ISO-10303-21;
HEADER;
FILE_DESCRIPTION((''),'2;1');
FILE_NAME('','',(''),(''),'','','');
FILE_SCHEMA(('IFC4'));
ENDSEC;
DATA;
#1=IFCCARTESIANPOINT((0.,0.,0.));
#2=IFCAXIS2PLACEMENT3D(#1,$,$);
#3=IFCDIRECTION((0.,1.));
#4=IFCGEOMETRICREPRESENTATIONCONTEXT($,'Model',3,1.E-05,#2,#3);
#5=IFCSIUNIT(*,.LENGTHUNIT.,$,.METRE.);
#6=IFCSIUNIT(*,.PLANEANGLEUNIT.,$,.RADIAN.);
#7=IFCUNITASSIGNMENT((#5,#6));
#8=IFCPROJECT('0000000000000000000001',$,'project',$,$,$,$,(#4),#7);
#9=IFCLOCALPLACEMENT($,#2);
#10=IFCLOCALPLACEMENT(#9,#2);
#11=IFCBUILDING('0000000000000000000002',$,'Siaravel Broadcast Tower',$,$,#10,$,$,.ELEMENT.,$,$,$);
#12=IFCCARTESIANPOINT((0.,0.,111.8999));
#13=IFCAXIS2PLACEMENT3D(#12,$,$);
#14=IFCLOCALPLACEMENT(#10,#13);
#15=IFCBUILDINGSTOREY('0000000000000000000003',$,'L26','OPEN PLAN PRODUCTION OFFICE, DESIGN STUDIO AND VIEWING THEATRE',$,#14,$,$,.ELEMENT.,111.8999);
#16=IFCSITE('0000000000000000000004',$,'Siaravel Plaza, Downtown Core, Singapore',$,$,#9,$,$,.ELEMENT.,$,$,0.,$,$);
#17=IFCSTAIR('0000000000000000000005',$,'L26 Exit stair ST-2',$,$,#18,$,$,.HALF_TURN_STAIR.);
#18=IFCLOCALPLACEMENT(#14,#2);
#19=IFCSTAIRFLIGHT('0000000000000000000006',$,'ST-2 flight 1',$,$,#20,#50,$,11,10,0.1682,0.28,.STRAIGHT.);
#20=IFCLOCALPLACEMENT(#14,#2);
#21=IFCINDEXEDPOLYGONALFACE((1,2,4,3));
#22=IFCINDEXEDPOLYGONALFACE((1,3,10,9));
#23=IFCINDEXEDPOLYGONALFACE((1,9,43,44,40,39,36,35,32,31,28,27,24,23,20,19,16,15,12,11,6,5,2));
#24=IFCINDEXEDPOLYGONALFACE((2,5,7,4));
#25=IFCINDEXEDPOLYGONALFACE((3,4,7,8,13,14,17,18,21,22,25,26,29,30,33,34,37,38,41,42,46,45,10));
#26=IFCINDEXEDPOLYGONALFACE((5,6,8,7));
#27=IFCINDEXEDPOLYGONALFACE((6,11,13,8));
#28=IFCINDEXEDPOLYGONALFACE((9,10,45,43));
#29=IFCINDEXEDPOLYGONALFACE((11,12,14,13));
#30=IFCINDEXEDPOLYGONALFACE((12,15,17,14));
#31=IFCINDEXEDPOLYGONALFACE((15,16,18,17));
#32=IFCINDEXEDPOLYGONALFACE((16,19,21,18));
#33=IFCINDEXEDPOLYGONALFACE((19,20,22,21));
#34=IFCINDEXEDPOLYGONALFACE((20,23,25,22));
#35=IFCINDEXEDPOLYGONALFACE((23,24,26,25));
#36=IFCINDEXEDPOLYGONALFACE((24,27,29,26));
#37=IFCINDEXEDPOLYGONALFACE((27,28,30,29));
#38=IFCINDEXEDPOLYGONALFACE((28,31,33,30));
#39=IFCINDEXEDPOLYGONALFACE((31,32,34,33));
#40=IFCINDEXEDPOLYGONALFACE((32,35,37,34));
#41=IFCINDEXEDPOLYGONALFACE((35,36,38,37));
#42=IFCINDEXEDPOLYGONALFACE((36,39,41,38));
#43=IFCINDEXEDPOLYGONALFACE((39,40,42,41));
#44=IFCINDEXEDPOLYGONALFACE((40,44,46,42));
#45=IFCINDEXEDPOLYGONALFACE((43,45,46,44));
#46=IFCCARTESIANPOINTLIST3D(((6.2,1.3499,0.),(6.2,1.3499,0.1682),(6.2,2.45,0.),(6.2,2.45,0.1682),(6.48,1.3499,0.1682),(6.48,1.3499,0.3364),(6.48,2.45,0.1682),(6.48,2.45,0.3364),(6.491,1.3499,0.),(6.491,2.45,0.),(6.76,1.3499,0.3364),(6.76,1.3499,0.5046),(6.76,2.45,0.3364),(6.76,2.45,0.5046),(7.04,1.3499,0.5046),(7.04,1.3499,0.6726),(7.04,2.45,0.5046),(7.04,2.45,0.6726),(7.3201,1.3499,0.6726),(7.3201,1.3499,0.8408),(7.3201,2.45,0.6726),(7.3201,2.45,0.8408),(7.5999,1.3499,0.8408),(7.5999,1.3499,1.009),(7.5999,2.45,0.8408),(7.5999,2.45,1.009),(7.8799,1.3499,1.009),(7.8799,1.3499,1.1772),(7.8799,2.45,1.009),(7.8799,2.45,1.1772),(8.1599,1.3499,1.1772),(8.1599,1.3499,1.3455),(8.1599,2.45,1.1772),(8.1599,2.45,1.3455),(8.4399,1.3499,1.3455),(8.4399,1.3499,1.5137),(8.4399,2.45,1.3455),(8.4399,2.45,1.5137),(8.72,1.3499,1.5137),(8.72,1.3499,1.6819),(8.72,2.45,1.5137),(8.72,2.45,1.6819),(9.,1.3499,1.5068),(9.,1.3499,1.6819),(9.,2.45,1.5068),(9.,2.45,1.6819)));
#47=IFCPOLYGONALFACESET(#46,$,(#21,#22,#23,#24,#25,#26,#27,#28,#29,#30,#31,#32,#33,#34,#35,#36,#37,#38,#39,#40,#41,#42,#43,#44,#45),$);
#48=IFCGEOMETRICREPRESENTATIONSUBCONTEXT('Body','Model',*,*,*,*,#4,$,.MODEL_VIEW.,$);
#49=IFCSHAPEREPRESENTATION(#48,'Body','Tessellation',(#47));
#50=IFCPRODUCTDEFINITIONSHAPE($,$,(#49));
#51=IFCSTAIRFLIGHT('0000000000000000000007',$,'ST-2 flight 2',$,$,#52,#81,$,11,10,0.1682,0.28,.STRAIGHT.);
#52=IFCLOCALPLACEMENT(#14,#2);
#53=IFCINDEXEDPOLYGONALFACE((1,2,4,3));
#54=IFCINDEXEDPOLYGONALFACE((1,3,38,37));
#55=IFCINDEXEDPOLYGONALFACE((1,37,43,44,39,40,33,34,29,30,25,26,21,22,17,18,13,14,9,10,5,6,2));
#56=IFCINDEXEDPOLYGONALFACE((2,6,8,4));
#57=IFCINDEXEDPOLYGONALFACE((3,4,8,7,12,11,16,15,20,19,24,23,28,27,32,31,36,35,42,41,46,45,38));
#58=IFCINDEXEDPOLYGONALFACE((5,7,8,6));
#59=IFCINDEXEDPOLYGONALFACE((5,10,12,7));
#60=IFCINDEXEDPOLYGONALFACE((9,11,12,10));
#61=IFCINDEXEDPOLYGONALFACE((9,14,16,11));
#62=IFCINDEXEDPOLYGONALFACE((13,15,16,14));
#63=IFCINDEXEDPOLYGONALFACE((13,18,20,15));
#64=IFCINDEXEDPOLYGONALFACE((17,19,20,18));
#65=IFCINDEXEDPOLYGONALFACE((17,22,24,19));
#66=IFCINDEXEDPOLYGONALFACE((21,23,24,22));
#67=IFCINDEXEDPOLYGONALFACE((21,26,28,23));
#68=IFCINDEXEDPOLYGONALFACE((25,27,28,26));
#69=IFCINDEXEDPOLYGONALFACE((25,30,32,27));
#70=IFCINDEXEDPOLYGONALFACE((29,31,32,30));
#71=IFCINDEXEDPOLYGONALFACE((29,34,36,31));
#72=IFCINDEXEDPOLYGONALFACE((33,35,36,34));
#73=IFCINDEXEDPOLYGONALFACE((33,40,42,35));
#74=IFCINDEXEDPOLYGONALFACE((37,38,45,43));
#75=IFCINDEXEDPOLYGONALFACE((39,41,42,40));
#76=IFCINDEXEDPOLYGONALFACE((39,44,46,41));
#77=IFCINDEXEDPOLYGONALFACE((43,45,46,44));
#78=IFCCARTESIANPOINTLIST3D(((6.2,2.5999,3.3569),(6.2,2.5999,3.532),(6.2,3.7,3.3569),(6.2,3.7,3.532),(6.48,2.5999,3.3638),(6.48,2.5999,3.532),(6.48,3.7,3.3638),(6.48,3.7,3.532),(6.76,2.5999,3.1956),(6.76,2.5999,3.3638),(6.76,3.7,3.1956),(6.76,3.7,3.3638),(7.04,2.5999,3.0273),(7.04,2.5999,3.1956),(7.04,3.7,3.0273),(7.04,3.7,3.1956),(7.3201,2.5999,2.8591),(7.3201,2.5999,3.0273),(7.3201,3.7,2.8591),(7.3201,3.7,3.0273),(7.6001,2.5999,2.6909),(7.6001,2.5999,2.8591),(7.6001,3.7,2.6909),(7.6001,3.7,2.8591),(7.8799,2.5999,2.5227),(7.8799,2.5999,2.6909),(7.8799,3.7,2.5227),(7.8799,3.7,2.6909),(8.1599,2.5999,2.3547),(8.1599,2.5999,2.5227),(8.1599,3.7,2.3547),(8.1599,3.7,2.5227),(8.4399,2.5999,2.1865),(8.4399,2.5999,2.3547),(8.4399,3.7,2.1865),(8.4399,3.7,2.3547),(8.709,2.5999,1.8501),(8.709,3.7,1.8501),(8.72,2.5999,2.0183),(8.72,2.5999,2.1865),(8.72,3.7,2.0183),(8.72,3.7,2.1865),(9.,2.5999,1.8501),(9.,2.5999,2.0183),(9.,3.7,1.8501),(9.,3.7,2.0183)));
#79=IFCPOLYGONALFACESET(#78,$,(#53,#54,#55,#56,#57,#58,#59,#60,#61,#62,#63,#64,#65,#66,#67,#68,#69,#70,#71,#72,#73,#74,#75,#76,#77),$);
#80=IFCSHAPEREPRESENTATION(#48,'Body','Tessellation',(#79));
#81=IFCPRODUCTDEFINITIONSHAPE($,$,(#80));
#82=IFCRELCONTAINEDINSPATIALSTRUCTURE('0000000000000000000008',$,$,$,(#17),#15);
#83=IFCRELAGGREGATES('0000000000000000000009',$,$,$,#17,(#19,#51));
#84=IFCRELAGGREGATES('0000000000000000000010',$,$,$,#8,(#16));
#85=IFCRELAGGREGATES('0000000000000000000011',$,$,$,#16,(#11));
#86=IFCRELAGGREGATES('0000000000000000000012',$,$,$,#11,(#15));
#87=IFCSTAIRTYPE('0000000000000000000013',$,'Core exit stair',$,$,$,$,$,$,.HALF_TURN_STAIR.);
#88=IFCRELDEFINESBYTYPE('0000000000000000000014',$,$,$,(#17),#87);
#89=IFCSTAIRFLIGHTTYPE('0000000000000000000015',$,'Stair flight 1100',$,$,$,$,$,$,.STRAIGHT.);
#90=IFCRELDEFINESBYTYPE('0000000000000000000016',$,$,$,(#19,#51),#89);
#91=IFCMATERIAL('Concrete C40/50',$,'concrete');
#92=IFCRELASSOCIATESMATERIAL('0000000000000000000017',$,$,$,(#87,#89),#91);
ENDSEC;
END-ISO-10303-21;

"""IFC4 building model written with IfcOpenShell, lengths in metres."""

from ifc_helpers import new_model, si_unit, direction, frame, origin, place, context, subcontext, project, spatial, polyline, outline, extrude, material, type_object, element, aggregate, save


model = new_model("IFC4")

# Units and contexts
model_context = context("Model", 3, precision=1e-05, world=origin(), true_north=direction((0.0, 1.0)))
body_context = subcontext(model_context, "Body", "Model", "MODEL_VIEW")
ifc_project = project(units=[si_unit("LENGTHUNIT", "METRE"), si_unit("PLANEANGLEUNIT", "RADIAN")], contexts=[model_context])

# Site, building, storey
site_placement = place(None, origin())
site = spatial("IfcSite", under=ifc_project, at=site_placement, Name="Siaravel Plaza, Downtown Core, Singapore", CompositionType="ELEMENT", RefElevation=0.0)
building_placement = place(site_placement, origin())
building = spatial("IfcBuilding", under=site, at=building_placement, Name="Siaravel Broadcast Tower", CompositionType="ELEMENT")
storey_placement = place(building_placement, frame((0.0, 0.0, 111.8999)))
storey = spatial("IfcBuildingStorey", under=building, at=storey_placement, Name="L26", Description="OPEN PLAN PRODUCTION OFFICE, DESIGN STUDIO AND VIEWING THEATRE", CompositionType="ELEMENT", Elevation=111.8999)

# Stair, stair flights
ifc_material_1 = material(Name="Concrete C40/50", Category="concrete")
stair_type = type_object("IfcStairType", Name="Core exit stair", PredefinedType="HALF_TURN_STAIR", material=ifc_material_1)
stair_placement = place(storey_placement, origin())
stair = element("IfcStair", 1, at=stair_placement, inside=storey, type_object=stair_type, Name="L26 Exit stair ST-2", PredefinedType="HALF_TURN_STAIR")
stair_flight_type = type_object("IfcStairFlightType", Name="Stair flight 1100", PredefinedType="STRAIGHT", material=ifc_material_1)
stair_flight_1_placement = place(storey_placement, frame((6.2, 1.8999, 0.0), z_axis=(0.0, 0.0, 1.0), x_axis=(1.0, 0.0, 0.0)))
stair_flight_1 = element("IfcStairFlight", 2, at=stair_flight_1_placement, type_object=stair_flight_type, Name="ST-2 flight 1", NumberOfRisers=11, NumberOfTreads=10, PredefinedType="STRAIGHT", RiserHeight=0.1682, TreadLength=0.28, context=body_context, shape_type="SweptSolid", body=[
    extrude(outline(polyline([(0.0, 0.0), (0.0, 0.1682), (0.28, 0.1682), (0.28, 0.3364), (0.5601, 0.3364), (0.5601, 0.5046), (0.8401, 0.5046), (0.8401, 0.6726), (1.1201, 0.6726), (1.1201, 0.8408), (1.3999, 0.8408), (1.3999, 1.009), (1.6799, 1.009), (1.6799, 1.1772), (1.96, 1.1772), (1.96, 1.3455), (2.24, 1.3455), (2.24, 1.5137), (2.52, 1.5137), (2.52, 1.6819), (2.8, 1.6819), (2.8, 1.8501), (2.8, 1.5068), (0.291, 0.0), (0.0, 0.0)])), frame((0.0, 0.55, 0.0), z_axis=(0.0, -1.0, 0.0), x_axis=(1.0, 0.0, 0.0)), (0.0, 0.0, 1.0), 1.1001),
])
stair_flight_2_placement = place(storey_placement, frame((9.0, 3.1499, 1.8501), z_axis=(0.0, 0.0, 1.0), x_axis=(-1.0, 0.0, 0.0)))
stair_flight_2 = element("IfcStairFlight", 3, at=stair_flight_2_placement, type_object=stair_flight_type, Name="ST-2 flight 2", NumberOfRisers=11, NumberOfTreads=10, PredefinedType="STRAIGHT", RiserHeight=0.1682, TreadLength=0.28, context=body_context, shape_type="SweptSolid", body=[
    extrude(outline(polyline([(0.0, 0.0), (0.0, 0.1682), (0.28, 0.1682), (0.28, 0.3364), (0.5601, 0.3364), (0.5601, 0.5046), (0.8401, 0.5046), (0.8401, 0.6726), (1.1201, 0.6726), (1.1201, 0.8408), (1.3999, 0.8408), (1.3999, 1.009), (1.6799, 1.009), (1.6799, 1.1772), (1.96, 1.1772), (1.96, 1.3455), (2.24, 1.3455), (2.24, 1.5137), (2.52, 1.5137), (2.52, 1.6819), (2.8, 1.6819), (2.8, 1.8501), (2.8, 1.5068), (0.291, 0.0), (0.0, 0.0)])), frame((0.0, 0.55, 0.0), z_axis=(0.0, -1.0, 0.0), x_axis=(1.0, 0.0, 0.0)), (0.0, 0.0, 1.0), 1.1001),
])
aggregate(stair, [stair_flight_1, stair_flight_2])

save(model, "model.ifc")
